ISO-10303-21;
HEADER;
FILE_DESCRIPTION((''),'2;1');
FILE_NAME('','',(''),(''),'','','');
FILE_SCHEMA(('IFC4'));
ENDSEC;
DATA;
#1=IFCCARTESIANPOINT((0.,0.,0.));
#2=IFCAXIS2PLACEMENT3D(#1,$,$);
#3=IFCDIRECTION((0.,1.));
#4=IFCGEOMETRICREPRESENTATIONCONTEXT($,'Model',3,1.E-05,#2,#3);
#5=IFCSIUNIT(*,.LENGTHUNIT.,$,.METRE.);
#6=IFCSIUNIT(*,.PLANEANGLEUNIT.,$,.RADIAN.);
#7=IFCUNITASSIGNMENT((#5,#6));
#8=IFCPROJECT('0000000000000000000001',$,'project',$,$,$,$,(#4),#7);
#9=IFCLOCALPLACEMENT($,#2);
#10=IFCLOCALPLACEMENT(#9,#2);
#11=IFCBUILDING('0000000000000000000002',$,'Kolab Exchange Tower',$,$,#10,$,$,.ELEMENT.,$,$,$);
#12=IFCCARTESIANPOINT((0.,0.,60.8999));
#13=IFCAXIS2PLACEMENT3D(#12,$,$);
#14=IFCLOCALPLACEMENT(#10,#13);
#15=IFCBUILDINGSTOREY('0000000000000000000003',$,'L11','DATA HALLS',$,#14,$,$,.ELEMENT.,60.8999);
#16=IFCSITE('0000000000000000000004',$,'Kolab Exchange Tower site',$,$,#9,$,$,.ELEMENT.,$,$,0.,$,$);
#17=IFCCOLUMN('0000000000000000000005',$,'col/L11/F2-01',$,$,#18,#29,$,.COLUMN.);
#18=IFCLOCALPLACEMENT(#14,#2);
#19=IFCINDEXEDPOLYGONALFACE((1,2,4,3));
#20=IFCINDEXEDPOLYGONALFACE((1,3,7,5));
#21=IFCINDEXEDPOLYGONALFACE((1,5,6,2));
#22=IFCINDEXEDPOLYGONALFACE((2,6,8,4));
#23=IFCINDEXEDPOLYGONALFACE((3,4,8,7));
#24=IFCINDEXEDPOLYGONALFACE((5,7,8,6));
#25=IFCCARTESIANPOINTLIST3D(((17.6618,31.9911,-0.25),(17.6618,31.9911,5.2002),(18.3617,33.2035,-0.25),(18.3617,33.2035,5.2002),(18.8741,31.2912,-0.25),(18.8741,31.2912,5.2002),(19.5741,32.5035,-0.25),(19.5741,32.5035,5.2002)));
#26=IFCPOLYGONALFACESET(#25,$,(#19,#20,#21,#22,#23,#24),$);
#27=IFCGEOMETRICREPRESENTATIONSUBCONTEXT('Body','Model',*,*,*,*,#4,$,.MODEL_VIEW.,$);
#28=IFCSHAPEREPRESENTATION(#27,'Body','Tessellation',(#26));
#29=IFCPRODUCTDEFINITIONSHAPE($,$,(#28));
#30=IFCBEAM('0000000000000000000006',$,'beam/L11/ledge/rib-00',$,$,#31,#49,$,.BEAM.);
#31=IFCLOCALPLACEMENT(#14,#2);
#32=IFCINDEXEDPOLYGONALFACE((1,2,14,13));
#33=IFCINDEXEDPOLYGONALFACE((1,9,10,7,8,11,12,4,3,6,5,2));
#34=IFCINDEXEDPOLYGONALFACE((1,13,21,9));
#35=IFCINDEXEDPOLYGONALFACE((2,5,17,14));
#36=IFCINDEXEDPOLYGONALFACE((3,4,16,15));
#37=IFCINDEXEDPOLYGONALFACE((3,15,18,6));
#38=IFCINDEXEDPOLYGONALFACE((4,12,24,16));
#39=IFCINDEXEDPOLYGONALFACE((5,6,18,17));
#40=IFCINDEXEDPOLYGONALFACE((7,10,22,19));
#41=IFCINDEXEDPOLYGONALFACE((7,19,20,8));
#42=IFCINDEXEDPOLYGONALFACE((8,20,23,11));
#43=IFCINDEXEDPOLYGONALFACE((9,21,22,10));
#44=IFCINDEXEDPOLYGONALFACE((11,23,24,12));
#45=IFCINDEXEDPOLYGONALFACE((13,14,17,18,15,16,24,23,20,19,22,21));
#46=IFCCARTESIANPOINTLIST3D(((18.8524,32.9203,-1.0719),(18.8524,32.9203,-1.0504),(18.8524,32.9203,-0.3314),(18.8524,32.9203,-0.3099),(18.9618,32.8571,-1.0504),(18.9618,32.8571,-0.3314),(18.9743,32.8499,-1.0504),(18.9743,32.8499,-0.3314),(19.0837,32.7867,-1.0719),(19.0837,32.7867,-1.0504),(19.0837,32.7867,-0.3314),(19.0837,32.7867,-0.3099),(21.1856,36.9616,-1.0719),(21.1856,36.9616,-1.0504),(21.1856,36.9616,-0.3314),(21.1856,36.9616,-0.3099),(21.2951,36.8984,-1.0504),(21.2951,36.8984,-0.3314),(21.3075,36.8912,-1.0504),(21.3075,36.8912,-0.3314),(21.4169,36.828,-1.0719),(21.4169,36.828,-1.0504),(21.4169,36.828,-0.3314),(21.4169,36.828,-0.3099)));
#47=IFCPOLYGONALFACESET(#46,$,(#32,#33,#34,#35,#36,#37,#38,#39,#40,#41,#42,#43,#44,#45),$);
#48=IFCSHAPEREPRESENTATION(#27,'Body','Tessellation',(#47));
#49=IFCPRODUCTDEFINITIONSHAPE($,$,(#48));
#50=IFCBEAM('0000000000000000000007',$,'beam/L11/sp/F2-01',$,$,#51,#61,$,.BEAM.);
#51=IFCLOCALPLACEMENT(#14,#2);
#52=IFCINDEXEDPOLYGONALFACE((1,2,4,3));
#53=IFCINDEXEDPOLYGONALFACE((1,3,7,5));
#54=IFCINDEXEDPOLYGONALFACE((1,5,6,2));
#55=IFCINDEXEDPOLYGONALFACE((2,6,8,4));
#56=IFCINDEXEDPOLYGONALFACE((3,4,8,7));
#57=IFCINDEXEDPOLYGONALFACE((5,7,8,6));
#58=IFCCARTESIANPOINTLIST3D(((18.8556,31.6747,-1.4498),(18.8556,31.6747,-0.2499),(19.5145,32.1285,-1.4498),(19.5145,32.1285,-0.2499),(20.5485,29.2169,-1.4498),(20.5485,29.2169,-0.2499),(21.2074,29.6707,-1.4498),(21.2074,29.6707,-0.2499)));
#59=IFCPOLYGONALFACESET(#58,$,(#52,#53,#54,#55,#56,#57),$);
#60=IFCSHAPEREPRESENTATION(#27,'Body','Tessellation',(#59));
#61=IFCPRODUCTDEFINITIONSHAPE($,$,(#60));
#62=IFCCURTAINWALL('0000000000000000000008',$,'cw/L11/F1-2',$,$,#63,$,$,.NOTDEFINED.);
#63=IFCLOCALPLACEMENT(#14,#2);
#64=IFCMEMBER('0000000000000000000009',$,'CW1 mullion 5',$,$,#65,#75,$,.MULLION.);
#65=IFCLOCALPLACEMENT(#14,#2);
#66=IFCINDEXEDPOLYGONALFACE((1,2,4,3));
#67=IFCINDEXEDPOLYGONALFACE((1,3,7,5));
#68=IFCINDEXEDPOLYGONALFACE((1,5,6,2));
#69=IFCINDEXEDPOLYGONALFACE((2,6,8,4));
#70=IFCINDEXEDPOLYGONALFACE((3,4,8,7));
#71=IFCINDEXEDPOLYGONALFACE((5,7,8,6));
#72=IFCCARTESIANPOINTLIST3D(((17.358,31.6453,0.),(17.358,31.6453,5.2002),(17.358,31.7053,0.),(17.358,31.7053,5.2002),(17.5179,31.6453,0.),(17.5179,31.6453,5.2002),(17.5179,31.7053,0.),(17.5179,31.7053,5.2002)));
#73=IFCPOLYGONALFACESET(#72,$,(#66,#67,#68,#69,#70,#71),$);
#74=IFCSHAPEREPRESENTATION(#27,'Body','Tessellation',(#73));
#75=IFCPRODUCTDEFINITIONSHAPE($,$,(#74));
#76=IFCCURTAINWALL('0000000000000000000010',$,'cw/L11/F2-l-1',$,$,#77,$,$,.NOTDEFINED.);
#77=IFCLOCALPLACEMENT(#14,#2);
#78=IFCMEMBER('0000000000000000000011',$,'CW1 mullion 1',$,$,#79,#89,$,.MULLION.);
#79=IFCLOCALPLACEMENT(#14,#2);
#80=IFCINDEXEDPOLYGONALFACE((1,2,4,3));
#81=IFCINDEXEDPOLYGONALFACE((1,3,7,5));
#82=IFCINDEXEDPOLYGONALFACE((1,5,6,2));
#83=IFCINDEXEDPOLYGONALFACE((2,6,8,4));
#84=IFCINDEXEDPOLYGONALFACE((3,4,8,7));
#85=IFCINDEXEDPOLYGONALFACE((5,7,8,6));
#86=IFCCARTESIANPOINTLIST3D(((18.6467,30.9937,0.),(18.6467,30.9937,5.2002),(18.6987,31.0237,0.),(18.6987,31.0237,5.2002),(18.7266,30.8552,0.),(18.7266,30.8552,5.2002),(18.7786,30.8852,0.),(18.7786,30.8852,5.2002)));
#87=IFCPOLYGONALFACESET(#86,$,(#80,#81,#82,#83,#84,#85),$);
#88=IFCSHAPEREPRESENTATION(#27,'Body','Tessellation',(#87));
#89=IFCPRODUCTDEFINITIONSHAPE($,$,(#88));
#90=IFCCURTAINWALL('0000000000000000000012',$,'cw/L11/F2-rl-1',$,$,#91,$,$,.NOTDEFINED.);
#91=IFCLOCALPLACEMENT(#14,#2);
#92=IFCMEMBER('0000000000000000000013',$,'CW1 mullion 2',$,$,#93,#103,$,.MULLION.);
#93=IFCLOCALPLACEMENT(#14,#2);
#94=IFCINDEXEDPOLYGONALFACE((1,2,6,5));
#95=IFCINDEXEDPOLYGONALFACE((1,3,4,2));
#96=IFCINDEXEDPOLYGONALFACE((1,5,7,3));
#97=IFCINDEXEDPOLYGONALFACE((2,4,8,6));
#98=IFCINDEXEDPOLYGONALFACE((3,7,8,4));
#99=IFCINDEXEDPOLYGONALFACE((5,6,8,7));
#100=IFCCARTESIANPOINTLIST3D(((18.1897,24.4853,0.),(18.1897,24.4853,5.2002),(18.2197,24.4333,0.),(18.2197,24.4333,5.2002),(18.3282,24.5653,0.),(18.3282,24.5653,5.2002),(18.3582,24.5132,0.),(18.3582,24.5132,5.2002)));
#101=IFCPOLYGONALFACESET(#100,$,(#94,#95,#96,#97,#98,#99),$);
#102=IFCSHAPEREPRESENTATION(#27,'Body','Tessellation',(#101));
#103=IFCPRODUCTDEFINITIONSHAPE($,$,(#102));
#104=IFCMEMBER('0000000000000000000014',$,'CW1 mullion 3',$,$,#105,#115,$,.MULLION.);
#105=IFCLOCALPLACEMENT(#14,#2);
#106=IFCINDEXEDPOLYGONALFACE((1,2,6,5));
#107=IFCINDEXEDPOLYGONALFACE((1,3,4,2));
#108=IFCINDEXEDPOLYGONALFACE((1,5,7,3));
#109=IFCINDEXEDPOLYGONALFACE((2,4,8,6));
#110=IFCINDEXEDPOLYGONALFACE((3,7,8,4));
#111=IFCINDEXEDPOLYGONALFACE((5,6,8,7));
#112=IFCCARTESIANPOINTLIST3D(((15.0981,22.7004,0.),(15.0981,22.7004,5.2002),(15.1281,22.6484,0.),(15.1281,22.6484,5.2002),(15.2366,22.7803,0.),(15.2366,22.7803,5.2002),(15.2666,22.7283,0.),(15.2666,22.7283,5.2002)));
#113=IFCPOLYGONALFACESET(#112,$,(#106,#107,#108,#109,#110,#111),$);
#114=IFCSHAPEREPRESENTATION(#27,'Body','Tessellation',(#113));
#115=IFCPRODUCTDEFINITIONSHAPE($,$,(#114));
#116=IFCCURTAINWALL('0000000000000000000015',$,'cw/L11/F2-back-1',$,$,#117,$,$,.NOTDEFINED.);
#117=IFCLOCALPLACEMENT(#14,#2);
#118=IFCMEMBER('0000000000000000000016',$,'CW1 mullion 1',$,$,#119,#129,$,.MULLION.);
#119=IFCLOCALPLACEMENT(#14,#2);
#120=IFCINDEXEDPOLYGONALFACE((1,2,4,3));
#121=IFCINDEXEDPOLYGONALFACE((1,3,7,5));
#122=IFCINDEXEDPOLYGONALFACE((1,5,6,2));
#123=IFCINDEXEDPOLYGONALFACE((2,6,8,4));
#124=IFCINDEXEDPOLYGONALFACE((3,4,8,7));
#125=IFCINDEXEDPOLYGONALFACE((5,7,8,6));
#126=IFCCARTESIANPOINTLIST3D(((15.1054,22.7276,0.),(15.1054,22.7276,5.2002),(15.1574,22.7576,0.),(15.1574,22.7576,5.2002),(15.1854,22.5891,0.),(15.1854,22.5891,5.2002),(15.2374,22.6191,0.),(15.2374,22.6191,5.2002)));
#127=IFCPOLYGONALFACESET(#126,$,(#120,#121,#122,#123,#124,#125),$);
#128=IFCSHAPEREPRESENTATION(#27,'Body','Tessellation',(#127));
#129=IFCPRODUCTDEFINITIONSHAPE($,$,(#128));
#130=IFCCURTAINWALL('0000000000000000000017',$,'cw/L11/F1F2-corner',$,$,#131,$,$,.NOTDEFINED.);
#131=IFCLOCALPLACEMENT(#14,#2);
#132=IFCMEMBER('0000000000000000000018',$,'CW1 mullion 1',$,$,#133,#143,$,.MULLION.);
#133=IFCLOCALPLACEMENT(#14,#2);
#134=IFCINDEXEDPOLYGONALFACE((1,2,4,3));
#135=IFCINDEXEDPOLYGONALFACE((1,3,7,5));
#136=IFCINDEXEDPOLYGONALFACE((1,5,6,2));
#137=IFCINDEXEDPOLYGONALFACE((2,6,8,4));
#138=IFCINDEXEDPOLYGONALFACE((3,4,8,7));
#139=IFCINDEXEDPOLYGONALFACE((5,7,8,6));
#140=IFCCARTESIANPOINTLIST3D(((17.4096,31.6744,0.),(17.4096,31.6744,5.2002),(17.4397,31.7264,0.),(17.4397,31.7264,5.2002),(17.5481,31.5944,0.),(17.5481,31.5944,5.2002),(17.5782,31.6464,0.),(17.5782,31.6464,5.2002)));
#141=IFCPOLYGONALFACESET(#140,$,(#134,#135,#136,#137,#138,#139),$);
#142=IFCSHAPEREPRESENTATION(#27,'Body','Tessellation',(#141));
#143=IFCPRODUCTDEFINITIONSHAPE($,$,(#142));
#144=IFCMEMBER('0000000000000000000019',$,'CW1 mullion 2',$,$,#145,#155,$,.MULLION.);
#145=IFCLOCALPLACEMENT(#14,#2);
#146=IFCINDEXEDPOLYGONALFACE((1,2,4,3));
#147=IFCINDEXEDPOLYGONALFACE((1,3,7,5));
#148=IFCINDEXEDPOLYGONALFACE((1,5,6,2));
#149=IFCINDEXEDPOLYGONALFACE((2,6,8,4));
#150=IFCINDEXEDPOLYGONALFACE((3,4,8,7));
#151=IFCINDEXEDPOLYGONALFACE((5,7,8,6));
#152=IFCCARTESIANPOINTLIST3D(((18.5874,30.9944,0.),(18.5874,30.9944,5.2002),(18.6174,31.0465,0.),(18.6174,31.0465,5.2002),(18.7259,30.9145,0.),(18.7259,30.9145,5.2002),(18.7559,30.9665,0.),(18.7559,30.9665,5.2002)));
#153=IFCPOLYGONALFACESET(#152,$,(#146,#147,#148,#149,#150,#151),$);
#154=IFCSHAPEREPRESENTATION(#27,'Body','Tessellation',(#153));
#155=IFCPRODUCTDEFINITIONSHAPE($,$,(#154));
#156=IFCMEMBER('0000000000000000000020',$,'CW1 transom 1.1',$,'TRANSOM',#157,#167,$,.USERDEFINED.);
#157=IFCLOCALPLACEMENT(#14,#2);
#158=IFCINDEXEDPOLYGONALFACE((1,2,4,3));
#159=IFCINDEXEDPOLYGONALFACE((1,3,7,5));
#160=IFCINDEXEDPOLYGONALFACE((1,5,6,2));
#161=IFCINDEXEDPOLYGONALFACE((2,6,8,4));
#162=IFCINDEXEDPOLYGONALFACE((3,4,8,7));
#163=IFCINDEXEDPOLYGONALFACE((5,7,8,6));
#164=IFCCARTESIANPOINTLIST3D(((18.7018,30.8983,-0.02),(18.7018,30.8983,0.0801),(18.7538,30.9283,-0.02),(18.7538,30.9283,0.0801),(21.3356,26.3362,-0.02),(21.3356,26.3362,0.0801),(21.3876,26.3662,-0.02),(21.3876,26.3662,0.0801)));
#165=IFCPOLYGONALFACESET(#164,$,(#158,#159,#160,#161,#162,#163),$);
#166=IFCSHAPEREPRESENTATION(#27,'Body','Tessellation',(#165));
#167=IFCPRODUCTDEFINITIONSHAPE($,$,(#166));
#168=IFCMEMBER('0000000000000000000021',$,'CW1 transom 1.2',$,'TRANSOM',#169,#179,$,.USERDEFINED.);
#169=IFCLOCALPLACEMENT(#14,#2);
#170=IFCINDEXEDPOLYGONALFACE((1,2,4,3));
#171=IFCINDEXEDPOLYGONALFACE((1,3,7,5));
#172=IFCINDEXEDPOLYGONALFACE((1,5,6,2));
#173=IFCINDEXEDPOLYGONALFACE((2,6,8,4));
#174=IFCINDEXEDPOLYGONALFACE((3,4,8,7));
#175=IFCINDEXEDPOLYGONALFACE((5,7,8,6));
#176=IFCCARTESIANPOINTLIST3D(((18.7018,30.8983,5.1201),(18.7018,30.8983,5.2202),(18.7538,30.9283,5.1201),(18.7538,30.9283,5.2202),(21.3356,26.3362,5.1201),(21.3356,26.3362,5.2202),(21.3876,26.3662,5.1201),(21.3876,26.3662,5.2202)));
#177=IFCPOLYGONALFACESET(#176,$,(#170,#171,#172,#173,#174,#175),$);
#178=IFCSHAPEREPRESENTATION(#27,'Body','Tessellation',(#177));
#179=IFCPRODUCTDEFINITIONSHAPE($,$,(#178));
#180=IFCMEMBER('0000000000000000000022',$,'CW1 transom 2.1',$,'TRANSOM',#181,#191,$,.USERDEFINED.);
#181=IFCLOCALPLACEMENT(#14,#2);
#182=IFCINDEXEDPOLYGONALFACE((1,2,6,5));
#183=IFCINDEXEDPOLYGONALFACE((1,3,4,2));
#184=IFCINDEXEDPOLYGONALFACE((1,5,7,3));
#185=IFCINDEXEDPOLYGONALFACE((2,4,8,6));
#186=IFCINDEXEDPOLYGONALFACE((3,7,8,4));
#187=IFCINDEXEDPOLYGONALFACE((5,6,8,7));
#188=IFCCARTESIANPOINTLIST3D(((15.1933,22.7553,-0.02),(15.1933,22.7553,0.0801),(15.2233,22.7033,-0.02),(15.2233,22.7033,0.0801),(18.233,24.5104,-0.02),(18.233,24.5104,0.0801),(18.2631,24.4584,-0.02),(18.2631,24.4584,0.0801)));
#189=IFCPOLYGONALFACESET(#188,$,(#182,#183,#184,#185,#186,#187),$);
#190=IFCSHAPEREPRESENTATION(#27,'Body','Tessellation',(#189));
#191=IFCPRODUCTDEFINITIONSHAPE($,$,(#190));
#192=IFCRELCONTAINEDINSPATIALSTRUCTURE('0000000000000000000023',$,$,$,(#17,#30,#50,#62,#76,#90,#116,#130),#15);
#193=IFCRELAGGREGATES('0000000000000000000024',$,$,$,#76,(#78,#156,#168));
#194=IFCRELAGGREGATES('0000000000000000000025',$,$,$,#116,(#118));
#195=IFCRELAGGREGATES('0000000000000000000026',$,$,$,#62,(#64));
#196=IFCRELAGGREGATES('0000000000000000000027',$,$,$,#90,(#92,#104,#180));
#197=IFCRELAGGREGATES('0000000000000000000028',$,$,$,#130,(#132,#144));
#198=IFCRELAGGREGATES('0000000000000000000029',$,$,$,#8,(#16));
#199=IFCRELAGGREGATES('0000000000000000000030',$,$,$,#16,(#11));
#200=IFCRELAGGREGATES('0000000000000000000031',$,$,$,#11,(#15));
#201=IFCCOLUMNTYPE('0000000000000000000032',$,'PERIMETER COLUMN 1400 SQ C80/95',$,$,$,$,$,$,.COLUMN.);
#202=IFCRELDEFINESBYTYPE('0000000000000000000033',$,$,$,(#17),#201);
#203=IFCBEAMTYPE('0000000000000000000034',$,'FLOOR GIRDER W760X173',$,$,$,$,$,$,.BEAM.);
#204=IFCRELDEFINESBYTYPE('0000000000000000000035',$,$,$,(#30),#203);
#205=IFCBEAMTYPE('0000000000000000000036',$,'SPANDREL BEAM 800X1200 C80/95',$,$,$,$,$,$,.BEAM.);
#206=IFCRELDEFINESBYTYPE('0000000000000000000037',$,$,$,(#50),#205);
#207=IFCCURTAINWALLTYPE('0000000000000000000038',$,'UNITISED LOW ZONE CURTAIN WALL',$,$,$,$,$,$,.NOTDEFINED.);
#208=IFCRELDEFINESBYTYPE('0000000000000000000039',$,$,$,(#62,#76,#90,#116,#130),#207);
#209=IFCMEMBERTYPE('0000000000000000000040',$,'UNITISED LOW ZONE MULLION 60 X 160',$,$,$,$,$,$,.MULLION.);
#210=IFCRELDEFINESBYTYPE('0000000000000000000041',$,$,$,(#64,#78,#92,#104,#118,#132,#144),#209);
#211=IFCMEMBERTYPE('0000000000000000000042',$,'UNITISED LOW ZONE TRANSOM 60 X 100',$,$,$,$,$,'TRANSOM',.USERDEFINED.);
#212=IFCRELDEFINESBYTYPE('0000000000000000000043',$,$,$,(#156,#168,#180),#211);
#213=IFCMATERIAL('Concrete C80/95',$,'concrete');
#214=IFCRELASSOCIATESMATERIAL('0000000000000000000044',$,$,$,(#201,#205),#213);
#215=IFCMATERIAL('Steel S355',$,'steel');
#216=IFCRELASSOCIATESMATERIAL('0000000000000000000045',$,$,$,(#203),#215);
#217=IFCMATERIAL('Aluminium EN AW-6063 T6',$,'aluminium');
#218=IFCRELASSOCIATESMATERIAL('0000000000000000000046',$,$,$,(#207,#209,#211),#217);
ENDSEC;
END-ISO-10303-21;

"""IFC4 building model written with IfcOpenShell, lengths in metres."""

from ifc_helpers import new_model, si_unit, direction, frame, origin, origin_2d, place, context, subcontext, project, spatial, rectangle, i_section, extrude, material, material_profile, profile_set, type_object, element, aggregate, save


model = new_model("IFC4")

# Units and contexts
model_context = context("Model", 3, precision=1e-05, world=origin(), true_north=direction((0.0, 1.0)))
body_context = subcontext(model_context, "Body", "Model", "MODEL_VIEW")
ifc_project = project(units=[si_unit("LENGTHUNIT", "METRE"), si_unit("PLANEANGLEUNIT", "RADIAN")], contexts=[model_context])

# Site, building, storey
site_placement = place(None, origin())
site = spatial("IfcSite", under=ifc_project, at=site_placement, Name="Kolab Exchange Tower site", CompositionType="ELEMENT", RefElevation=0.0)
building_placement = place(site_placement, origin())
building = spatial("IfcBuilding", under=site, at=building_placement, Name="Kolab Exchange Tower", CompositionType="ELEMENT")
storey_placement = place(building_placement, frame((0.0, 0.0, 60.8999)))
storey = spatial("IfcBuildingStorey", under=building, at=storey_placement, Name="L11", Description="DATA HALLS", CompositionType="ELEMENT", Elevation=60.8999)

# Column
ifc_material_1 = material(Name="Concrete C80/95", Category="concrete")
ifc_material_profile_1 = material_profile(ifc_material_1, rectangle(XDim=1.3999, YDim=1.3999, at=origin_2d()), Name="RC1400")
ifc_profile_set_1 = profile_set([ifc_material_profile_1], Name="Concrete C80/95")
column_type = type_object("IfcColumnType", Name="PERIMETER COLUMN 1400 SQ C80/95", PredefinedType="COLUMN", material=ifc_profile_set_1)
column_placement = place(storey_placement, frame((18.6179, 32.2473, -0.25), z_axis=(0.0, 0.0, 1.0), x_axis=(0.5, 0.866025, 0.0)))
element("IfcColumn", 1, at=column_placement, inside=storey, type_object=column_type, Name="col/L11/F2-01", PredefinedType="COLUMN", context=body_context, shape_type="SweptSolid", body=[
    extrude(rectangle(XDim=1.3999, YDim=1.3999, at=origin_2d()), origin(), (0.0, 0.0, 1.0), 5.4502),
])

# Beams
ifc_material_2 = material(Name="Steel S355", Category="steel")
ifc_material_profile_2 = material_profile(ifc_material_2, i_section(OverallWidth=0.2671, OverallDepth=0.762, WebThickness=0.0144, FlangeThickness=0.0215, at=origin_2d()), Name="W760X173")
ifc_profile_set_2 = profile_set([ifc_material_profile_2], Name="Steel S355")
beam_type_1 = type_object("IfcBeamType", Name="FLOOR GIRDER W760X173", PredefinedType="BEAM", material=ifc_profile_set_2)
beam_1_placement = place(storey_placement, frame((18.968, 32.8535, -0.6909), z_axis=(0.500005, 0.866023, 0.0), x_axis=(-0.866023, 0.500005, 0.0)))
element("IfcBeam", 2, at=beam_1_placement, inside=storey, type_object=beam_type_1, Name="beam/L11/ledge/rib-00", PredefinedType="BEAM", context=body_context, shape_type="SweptSolid", body=[
    extrude(i_section(OverallWidth=0.2671, OverallDepth=0.762, WebThickness=0.0144, FlangeThickness=0.0215, at=origin_2d()), origin(), (0.0, 0.0, 1.0), 4.6665),
])
ifc_material_profile_3 = material_profile(ifc_material_1, rectangle(XDim=0.8, YDim=1.2, at=origin_2d()), Name="RC800X1200")
ifc_profile_set_3 = profile_set([ifc_material_profile_3], Name="Concrete C80/95")
beam_type_2 = type_object("IfcBeamType", Name="SPANDREL BEAM 800X1200 C80/95", PredefinedType="BEAM", material=ifc_profile_set_3)
beam_2_placement = place(storey_placement, frame((19.1851, 31.9016, -0.8499), z_axis=(0.567247, -0.823548, 0.0), x_axis=(0.823548, 0.567247, 0.0)))
element("IfcBeam", 3, at=beam_2_placement, inside=storey, type_object=beam_type_2, Name="beam/L11/sp/F2-01", PredefinedType="BEAM", context=body_context, shape_type="SweptSolid", body=[
    extrude(rectangle(XDim=0.8, YDim=1.2, at=origin_2d()), origin(), (0.0, 0.0, 1.0), 2.9844),
])

# Curtain walls, members
ifc_material_3 = material(Name="Aluminium EN AW-6063 T6", Category="aluminium")
curtain_wall_type = type_object("IfcCurtainWallType", Name="UNITISED LOW ZONE CURTAIN WALL", PredefinedType="NOTDEFINED", material=ifc_material_3)
curtain_wall_1_placement = place(storey_placement, origin())
curtain_wall_1 = element("IfcCurtainWall", 4, at=curtain_wall_1_placement, inside=storey, type_object=curtain_wall_type, Name="cw/L11/F1-2", PredefinedType="NOTDEFINED")
ifc_material_profile_4 = material_profile(ifc_material_3, rectangle(XDim=0.0601, YDim=0.1599, at=origin_2d()), Name="RECT 60X160")
ifc_profile_set_4 = profile_set([ifc_material_profile_4], Name="Aluminium EN AW-6063 T6")
member_type_1 = type_object("IfcMemberType", Name="UNITISED LOW ZONE MULLION 60 X 160", PredefinedType="MULLION", material=ifc_profile_set_4)
member_1_placement = place(storey_placement, frame((17.438, 31.6753, 0.0), z_axis=(0.0, 0.0, 1.0), x_axis=(0.0, 1.0, 0.0)))
member_1 = element("IfcMember", 5, at=member_1_placement, type_object=member_type_1, Name="CW1 mullion 5", PredefinedType="MULLION", context=body_context, shape_type="SweptSolid", body=[
    extrude(rectangle(XDim=0.0601, YDim=0.1599, at=origin_2d()), origin(), (0.0, 0.0, 1.0), 5.2002),
])
curtain_wall_2_placement = place(storey_placement, origin())
curtain_wall_2 = element("IfcCurtainWall", 6, at=curtain_wall_2_placement, inside=storey, type_object=curtain_wall_type, Name="cw/L11/F2-l-1", PredefinedType="NOTDEFINED")
member_2_placement = place(storey_placement, frame((18.7126, 30.9395, 0.0), z_axis=(0.0, 0.0, 1.0), x_axis=(0.866025, 0.5, 0.0)))
member_2 = element("IfcMember", 7, at=member_2_placement, type_object=member_type_1, Name="CW1 mullion 1", PredefinedType="MULLION", context=body_context, shape_type="SweptSolid", body=[
    extrude(rectangle(XDim=0.0601, YDim=0.1599, at=origin_2d()), origin(), (0.0, 0.0, 1.0), 5.2002),
])

# Curtain wall, members
curtain_wall_3_placement = place(storey_placement, origin())
curtain_wall_3 = element("IfcCurtainWall", 8, at=curtain_wall_3_placement, inside=storey, type_object=curtain_wall_type, Name="cw/L11/F2-rl-1", PredefinedType="NOTDEFINED")
member_3_placement = place(storey_placement, frame((18.2739, 24.4993, 0.0), z_axis=(0.0, 0.0, 1.0), x_axis=(0.5, -0.866025, 0.0)))
member_3 = element("IfcMember", 9, at=member_3_placement, type_object=member_type_1, Name="CW1 mullion 2", PredefinedType="MULLION", context=body_context, shape_type="SweptSolid", body=[
    extrude(rectangle(XDim=0.0601, YDim=0.1599, at=origin_2d()), origin(), (0.0, 0.0, 1.0), 5.2002),
])
member_4_placement = place(storey_placement, frame((15.1824, 22.7144, 0.0), z_axis=(0.0, 0.0, 1.0), x_axis=(0.5, -0.866025, 0.0)))
member_4 = element("IfcMember", 10, at=member_4_placement, type_object=member_type_1, Name="CW1 mullion 3", PredefinedType="MULLION", context=body_context, shape_type="SweptSolid", body=[
    extrude(rectangle(XDim=0.0601, YDim=0.1599, at=origin_2d()), origin(), (0.0, 0.0, 1.0), 5.2002),
])

# Curtain wall, member
curtain_wall_4_placement = place(storey_placement, origin())
curtain_wall_4 = element("IfcCurtainWall", 11, at=curtain_wall_4_placement, inside=storey, type_object=curtain_wall_type, Name="cw/L11/F2-back-1", PredefinedType="NOTDEFINED")
member_5_placement = place(storey_placement, frame((15.1714, 22.6733, 0.0), z_axis=(0.0, 0.0, 1.0), x_axis=(0.866025, 0.5, 0.0)))
member_5 = element("IfcMember", 12, at=member_5_placement, type_object=member_type_1, Name="CW1 mullion 1", PredefinedType="MULLION", context=body_context, shape_type="SweptSolid", body=[
    extrude(rectangle(XDim=0.0601, YDim=0.1599, at=origin_2d()), origin(), (0.0, 0.0, 1.0), 5.2002),
])

# Curtain wall, members
curtain_wall_5_placement = place(storey_placement, origin())
curtain_wall_5 = element("IfcCurtainWall", 13, at=curtain_wall_5_placement, inside=storey, type_object=curtain_wall_type, Name="cw/L11/F1F2-corner", PredefinedType="NOTDEFINED")
member_6_placement = place(storey_placement, frame((17.4939, 31.6604, 0.0), z_axis=(0.0, 0.0, 1.0), x_axis=(0.5, 0.866025, 0.0)))
member_6 = element("IfcMember", 14, at=member_6_placement, type_object=member_type_1, Name="CW1 mullion 1", PredefinedType="MULLION", context=body_context, shape_type="SweptSolid", body=[
    extrude(rectangle(XDim=0.0601, YDim=0.1599, at=origin_2d()), origin(), (0.0, 0.0, 1.0), 5.2002),
])
member_7_placement = place(storey_placement, frame((18.6716, 30.9805, 0.0), z_axis=(0.0, 0.0, 1.0), x_axis=(0.5, 0.866025, 0.0)))
member_7 = element("IfcMember", 15, at=member_7_placement, type_object=member_type_1, Name="CW1 mullion 2", PredefinedType="MULLION", context=body_context, shape_type="SweptSolid", body=[
    extrude(rectangle(XDim=0.0601, YDim=0.1599, at=origin_2d()), origin(), (0.0, 0.0, 1.0), 5.2002),
])

# Members
ifc_material_profile_5 = material_profile(ifc_material_3, rectangle(XDim=0.0601, YDim=0.1001, at=origin_2d()), Name="RECT 60X100")
ifc_profile_set_5 = profile_set([ifc_material_profile_5], Name="Aluminium EN AW-6063 T6")
member_type_2 = type_object("IfcMemberType", Name="UNITISED LOW ZONE TRANSOM 60 X 100", ElementType="TRANSOM", PredefinedType="USERDEFINED", material=ifc_profile_set_5)
member_8_placement = place(storey_placement, frame((18.7278, 30.9133, 0.03), z_axis=(0.499987, -0.866033, 0.0), x_axis=(0.866033, 0.499987, 0.0)))
member_8 = element("IfcMember", 16, at=member_8_placement, type_object=member_type_2, Name="CW1 transom 1.1", ObjectType="TRANSOM", PredefinedType="USERDEFINED", context=body_context, shape_type="SweptSolid", body=[
    extrude(rectangle(XDim=0.0601, YDim=0.1001, at=origin_2d()), origin(), (0.0, 0.0, 1.0), 5.2678),
])
member_9_placement = place(storey_placement, frame((18.7278, 30.9133, 5.1702), z_axis=(0.499987, -0.866033, 0.0), x_axis=(0.866033, 0.499987, 0.0)))
member_9 = element("IfcMember", 17, at=member_9_placement, type_object=member_type_2, Name="CW1 transom 1.2", ObjectType="TRANSOM", PredefinedType="USERDEFINED", context=body_context, shape_type="SweptSolid", body=[
    extrude(rectangle(XDim=0.0601, YDim=0.1001, at=origin_2d()), origin(), (0.0, 0.0, 1.0), 5.2678),
])
aggregate(curtain_wall_2, [member_2, member_8, member_9])
member_10_placement = place(storey_placement, frame((18.248, 24.4844, 0.03), z_axis=(-0.866013, -0.500021, 0.0), x_axis=(0.500021, -0.866013, 0.0)))
member_10 = element("IfcMember", 18, at=member_10_placement, type_object=member_type_2, Name="CW1 transom 2.1", ObjectType="TRANSOM", PredefinedType="USERDEFINED", context=body_context, shape_type="SweptSolid", body=[
    extrude(rectangle(XDim=0.0601, YDim=0.1001, at=origin_2d()), origin(), (0.0, 0.0, 1.0), 3.51),
])
aggregate(curtain_wall_4, [member_5])

aggregate(curtain_wall_1, [member_1])
aggregate(curtain_wall_3, [member_3, member_4, member_10])
aggregate(curtain_wall_5, [member_6, member_7])

save(model, "model.ifc")
